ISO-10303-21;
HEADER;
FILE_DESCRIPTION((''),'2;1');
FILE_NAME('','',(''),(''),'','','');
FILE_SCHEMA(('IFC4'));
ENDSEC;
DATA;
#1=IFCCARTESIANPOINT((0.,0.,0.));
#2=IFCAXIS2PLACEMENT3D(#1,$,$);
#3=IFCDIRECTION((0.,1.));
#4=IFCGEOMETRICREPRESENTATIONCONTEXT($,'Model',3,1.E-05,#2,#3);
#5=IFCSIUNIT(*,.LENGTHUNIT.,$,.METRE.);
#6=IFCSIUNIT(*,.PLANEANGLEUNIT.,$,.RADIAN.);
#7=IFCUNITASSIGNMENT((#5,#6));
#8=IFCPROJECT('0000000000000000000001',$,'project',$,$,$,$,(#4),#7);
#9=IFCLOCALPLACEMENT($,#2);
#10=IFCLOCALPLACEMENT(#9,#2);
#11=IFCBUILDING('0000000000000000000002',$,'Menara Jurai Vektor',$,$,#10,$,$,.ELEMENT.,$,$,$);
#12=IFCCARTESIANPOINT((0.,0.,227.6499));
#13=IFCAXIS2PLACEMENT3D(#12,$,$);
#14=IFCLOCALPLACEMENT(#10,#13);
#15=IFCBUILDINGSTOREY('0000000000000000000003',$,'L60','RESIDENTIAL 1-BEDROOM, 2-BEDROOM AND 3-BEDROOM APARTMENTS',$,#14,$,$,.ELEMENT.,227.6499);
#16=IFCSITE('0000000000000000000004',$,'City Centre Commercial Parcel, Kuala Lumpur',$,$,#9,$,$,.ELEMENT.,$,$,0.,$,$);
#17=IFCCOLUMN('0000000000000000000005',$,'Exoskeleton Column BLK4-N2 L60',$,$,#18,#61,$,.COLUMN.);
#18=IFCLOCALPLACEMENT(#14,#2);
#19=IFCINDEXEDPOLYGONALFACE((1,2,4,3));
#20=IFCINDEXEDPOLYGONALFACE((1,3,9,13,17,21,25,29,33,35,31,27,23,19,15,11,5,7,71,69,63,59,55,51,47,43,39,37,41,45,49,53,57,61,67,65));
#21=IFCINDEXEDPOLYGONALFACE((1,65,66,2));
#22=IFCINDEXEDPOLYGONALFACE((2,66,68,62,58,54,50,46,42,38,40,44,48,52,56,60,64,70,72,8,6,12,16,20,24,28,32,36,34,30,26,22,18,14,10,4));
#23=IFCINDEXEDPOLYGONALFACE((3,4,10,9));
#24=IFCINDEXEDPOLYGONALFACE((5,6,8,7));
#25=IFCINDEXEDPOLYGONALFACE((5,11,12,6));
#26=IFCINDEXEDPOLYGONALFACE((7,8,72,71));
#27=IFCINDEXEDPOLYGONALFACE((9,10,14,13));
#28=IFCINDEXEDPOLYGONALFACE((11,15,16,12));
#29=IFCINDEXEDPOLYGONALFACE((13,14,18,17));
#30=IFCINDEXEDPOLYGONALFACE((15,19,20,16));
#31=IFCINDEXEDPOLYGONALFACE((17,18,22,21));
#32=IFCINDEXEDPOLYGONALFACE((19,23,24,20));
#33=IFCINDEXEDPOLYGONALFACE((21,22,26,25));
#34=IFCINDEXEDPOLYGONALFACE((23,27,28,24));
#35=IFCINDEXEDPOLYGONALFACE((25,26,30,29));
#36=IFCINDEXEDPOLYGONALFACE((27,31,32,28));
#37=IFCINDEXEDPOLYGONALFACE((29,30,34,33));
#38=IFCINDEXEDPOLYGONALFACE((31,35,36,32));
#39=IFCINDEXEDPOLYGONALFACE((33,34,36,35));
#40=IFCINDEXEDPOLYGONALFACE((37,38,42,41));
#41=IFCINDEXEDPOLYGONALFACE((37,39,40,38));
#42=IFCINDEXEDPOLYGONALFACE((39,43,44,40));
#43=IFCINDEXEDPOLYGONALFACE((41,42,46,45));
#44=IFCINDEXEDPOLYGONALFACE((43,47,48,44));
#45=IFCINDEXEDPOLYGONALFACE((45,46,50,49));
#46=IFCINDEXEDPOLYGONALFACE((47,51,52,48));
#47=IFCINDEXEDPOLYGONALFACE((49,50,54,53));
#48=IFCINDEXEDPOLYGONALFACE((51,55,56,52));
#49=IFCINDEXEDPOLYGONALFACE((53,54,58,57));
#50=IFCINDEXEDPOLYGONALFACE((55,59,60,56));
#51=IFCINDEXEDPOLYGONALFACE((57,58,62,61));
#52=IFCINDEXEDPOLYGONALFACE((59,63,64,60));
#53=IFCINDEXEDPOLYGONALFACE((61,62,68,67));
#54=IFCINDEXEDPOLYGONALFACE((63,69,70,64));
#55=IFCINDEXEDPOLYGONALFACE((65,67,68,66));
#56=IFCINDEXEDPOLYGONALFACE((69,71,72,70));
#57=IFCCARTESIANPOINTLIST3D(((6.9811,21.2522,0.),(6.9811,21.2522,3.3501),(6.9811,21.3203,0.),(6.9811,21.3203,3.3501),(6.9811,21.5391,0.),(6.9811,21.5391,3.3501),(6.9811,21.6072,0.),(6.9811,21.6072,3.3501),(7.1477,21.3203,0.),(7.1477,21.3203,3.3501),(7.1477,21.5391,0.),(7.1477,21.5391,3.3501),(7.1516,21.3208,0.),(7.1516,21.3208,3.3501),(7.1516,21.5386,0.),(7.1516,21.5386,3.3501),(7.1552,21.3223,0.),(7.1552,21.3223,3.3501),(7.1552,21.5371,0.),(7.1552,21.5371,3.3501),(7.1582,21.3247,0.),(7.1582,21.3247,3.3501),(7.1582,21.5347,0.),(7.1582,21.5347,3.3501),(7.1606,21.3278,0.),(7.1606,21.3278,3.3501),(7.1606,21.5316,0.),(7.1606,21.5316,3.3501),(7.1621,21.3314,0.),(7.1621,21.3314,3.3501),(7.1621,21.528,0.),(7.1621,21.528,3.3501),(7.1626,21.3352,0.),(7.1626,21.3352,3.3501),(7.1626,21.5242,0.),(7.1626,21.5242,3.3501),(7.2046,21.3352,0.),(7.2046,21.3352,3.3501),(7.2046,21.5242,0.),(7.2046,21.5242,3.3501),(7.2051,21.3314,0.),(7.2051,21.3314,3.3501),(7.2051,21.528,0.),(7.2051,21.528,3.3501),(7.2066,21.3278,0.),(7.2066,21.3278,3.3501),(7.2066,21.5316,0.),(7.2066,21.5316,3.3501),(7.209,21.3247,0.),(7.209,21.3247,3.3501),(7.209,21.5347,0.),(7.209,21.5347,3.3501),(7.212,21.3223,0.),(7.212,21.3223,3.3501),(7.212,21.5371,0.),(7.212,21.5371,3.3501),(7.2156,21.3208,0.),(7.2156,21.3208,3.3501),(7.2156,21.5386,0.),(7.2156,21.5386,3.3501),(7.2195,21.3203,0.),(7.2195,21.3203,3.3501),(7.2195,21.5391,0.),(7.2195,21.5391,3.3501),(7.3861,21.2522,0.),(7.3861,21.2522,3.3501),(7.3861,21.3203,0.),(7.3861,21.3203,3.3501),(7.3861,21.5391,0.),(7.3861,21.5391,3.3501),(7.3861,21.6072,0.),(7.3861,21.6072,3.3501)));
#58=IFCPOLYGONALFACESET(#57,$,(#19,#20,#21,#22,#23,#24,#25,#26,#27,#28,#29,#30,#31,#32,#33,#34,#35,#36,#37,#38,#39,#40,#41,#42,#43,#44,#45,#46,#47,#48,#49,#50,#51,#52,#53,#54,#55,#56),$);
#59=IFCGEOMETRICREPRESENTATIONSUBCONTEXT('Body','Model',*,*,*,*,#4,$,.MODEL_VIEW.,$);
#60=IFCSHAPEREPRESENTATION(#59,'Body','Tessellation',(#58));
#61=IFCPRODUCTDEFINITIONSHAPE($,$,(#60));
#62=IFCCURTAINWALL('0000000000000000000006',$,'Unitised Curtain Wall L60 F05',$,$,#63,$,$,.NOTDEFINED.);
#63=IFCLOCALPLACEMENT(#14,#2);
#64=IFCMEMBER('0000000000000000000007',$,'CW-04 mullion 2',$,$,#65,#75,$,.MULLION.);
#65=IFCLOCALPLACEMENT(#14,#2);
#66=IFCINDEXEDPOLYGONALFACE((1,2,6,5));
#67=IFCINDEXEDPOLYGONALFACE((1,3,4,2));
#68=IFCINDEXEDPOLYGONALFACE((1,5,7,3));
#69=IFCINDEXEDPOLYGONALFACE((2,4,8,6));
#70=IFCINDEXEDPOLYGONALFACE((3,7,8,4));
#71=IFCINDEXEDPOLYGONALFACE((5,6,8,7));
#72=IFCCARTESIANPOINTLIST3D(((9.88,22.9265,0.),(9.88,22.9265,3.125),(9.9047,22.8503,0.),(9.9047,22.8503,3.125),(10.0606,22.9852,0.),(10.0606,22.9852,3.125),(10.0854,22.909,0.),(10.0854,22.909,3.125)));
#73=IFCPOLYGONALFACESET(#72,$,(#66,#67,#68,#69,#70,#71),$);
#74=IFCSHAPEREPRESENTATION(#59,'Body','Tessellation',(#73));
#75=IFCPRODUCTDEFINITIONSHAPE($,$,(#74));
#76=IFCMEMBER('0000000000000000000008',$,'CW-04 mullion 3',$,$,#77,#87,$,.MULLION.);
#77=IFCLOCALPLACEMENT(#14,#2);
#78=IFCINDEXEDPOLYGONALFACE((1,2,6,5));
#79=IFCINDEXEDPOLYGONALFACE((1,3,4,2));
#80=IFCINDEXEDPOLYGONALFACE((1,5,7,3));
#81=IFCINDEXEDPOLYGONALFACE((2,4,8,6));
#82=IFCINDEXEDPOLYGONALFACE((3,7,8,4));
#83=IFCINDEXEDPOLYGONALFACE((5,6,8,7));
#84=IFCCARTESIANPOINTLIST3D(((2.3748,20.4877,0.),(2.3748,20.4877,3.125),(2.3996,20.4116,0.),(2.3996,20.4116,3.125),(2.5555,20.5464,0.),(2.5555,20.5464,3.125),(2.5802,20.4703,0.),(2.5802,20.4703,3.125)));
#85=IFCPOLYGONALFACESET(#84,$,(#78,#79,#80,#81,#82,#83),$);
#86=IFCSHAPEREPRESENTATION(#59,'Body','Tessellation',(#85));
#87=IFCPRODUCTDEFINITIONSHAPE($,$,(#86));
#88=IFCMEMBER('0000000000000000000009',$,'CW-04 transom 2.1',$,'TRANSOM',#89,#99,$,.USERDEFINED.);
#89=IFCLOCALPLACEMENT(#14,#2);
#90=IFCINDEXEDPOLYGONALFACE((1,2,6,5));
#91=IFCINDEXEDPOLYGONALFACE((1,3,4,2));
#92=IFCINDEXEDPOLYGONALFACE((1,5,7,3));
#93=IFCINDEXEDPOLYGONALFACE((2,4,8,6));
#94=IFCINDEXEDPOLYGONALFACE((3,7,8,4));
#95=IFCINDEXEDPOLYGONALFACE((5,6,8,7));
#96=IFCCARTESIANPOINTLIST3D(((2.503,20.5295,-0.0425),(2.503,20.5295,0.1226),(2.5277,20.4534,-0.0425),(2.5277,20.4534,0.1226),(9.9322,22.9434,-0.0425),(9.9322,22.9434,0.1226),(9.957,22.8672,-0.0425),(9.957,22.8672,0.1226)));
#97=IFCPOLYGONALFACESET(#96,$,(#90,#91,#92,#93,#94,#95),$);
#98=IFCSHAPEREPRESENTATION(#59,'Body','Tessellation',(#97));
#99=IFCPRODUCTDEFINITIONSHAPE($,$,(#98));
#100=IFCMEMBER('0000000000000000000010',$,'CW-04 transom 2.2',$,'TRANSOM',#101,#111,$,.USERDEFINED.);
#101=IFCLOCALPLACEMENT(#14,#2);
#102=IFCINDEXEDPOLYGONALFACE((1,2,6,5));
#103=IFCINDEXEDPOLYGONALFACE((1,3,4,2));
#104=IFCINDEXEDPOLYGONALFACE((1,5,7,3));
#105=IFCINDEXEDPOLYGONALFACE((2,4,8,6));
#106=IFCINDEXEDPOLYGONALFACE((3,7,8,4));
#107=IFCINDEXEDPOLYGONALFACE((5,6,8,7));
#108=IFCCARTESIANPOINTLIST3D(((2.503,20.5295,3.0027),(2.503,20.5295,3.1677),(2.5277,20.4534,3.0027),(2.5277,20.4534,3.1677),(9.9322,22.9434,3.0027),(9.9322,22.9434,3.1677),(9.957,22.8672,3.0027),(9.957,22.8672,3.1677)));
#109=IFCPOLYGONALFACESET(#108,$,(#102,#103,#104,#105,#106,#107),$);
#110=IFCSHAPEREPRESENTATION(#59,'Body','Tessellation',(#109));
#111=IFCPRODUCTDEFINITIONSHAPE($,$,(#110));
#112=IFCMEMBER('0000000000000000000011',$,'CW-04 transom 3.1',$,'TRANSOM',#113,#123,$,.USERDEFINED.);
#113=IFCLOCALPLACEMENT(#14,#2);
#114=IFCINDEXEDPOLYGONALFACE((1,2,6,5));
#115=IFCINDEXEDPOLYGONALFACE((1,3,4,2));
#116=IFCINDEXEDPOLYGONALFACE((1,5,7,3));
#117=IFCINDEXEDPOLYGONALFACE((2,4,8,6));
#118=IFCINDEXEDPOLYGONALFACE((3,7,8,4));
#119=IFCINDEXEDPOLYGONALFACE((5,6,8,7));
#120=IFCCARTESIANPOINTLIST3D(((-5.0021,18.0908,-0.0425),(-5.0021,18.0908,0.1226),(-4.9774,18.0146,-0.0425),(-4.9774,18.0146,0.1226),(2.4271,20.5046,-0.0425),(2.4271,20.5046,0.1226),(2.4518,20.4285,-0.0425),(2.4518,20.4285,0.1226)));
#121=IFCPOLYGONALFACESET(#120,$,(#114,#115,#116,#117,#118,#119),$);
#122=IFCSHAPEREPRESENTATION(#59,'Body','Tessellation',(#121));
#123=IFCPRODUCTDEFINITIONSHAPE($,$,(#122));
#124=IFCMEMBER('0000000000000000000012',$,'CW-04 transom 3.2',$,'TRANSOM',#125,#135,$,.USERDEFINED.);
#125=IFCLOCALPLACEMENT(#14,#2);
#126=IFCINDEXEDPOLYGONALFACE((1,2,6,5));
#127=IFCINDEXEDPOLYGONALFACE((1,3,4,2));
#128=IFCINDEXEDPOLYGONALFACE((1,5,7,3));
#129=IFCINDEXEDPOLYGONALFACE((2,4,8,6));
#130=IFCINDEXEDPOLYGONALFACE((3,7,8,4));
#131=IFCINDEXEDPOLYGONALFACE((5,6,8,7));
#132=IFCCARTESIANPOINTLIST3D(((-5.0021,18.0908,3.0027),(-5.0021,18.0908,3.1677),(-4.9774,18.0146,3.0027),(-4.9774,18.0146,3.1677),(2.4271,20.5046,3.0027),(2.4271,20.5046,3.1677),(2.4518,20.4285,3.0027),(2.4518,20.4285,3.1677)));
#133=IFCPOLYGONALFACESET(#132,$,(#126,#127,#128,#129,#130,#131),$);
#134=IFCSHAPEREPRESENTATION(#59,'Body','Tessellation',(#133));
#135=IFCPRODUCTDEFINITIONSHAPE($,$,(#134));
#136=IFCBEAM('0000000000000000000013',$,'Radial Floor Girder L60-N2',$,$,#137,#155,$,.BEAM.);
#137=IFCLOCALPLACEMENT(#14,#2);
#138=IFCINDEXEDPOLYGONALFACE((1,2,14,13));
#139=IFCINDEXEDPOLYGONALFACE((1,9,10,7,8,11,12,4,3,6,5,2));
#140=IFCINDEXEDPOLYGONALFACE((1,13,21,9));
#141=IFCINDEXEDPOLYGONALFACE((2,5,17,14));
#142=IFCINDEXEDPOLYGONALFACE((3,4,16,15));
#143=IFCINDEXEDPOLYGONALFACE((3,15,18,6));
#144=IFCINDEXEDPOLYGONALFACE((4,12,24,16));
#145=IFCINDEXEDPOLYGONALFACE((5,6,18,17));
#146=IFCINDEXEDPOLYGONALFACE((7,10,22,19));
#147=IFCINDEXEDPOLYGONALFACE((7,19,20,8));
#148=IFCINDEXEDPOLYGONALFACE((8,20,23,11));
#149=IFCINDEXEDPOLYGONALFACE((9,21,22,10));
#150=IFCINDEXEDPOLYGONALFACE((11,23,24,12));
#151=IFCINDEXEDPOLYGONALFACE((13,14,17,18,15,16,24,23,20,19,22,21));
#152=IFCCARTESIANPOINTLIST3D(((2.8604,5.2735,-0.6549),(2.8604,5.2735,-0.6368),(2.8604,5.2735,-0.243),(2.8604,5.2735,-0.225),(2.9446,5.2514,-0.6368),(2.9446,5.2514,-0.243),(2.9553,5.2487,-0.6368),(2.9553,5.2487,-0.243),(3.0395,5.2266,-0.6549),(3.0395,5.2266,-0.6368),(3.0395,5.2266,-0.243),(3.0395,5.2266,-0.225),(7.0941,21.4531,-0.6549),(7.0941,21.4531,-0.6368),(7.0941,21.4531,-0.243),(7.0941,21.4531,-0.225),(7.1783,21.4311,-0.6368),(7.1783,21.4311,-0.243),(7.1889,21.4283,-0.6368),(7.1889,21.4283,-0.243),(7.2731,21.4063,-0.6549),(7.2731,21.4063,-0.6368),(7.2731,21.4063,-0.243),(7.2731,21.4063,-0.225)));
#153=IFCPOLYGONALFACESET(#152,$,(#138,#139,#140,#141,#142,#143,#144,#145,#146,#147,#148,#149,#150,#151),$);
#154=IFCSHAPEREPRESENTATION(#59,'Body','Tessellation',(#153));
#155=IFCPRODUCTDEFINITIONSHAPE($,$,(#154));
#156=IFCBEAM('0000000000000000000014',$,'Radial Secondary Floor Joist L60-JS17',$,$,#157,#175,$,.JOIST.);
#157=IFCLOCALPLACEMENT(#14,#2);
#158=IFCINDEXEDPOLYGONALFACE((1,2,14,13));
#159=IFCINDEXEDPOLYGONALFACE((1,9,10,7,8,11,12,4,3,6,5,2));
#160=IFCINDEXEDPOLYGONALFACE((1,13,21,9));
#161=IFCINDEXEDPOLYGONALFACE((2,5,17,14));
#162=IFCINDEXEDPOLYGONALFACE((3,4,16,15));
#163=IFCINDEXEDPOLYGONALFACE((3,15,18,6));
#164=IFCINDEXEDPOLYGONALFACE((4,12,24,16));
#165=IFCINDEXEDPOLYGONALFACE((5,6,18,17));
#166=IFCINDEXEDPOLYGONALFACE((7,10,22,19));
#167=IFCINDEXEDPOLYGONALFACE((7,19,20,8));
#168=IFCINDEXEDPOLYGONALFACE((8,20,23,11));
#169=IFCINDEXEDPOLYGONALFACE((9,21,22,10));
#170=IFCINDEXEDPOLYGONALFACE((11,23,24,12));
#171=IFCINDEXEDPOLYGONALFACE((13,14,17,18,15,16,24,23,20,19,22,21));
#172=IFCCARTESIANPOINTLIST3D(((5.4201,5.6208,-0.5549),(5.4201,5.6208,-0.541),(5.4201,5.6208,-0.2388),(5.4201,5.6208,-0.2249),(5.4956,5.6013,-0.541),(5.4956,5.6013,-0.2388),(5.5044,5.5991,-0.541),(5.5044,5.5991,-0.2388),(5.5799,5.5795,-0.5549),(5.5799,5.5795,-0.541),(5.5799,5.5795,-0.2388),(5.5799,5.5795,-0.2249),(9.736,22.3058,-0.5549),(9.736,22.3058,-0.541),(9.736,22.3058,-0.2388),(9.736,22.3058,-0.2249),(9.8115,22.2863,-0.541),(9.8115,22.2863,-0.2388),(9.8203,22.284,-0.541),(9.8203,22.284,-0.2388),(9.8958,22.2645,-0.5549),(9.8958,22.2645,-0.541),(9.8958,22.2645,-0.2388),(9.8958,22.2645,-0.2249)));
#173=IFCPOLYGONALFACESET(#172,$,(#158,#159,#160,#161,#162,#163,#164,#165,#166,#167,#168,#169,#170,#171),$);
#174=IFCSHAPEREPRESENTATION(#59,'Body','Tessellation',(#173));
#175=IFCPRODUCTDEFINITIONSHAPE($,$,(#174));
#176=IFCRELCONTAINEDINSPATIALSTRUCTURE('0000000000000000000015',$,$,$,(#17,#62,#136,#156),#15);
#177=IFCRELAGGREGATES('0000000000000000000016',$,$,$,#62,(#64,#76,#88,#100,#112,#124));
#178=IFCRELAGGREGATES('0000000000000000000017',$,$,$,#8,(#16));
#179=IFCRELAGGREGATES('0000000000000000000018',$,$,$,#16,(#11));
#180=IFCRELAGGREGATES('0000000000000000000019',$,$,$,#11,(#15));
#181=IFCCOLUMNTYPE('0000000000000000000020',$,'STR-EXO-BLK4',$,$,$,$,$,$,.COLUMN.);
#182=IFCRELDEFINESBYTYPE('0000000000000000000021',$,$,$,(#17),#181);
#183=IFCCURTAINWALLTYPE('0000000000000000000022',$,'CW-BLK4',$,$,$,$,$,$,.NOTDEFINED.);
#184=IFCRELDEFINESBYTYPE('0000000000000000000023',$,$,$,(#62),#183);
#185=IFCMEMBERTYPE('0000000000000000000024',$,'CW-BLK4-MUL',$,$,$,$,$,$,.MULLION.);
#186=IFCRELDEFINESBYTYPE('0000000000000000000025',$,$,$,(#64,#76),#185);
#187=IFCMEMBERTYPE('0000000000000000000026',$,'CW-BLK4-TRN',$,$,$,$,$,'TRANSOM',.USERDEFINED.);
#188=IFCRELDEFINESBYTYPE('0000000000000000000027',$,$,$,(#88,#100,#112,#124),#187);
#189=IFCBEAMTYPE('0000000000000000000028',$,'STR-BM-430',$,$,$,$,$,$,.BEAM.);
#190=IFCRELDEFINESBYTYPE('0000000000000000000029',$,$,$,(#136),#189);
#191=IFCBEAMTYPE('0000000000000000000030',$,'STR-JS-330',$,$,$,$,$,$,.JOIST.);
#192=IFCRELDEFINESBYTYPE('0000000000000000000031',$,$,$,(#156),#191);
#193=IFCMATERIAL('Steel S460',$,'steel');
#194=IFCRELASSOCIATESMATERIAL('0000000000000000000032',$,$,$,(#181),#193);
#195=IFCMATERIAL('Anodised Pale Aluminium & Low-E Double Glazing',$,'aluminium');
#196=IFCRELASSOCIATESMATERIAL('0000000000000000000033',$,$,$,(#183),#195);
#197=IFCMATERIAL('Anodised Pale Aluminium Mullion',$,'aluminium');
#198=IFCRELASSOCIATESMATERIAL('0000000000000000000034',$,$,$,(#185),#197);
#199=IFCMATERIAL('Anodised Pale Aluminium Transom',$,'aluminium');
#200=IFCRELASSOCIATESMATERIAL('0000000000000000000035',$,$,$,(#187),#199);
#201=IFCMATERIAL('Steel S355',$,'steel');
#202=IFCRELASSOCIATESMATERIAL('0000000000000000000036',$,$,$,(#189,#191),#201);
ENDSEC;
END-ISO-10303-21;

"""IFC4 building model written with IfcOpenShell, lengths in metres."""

from ifc_helpers import new_model, si_unit, direction, frame, origin, origin_2d, place, context, subcontext, project, spatial, rectangle, i_section, extrude, material, material_profile, profile_set, type_object, element, aggregate, save


model = new_model("IFC4")

# Units and contexts
model_context = context("Model", 3, precision=1e-05, world=origin(), true_north=direction((0.0, 1.0)))
body_context = subcontext(model_context, "Body", "Model", "MODEL_VIEW")
ifc_project = project(units=[si_unit("LENGTHUNIT", "METRE"), si_unit("PLANEANGLEUNIT", "RADIAN")], contexts=[model_context])

# Site, building, storey
site_placement = place(None, origin())
site = spatial("IfcSite", under=ifc_project, at=site_placement, Name="City Centre Commercial Parcel, Kuala Lumpur", CompositionType="ELEMENT", RefElevation=0.0)
building_placement = place(site_placement, origin())
building = spatial("IfcBuilding", under=site, at=building_placement, Name="Menara Jurai Vektor", CompositionType="ELEMENT")
storey_placement = place(building_placement, frame((0.0, 0.0, 227.6499)))
storey = spatial("IfcBuildingStorey", under=building, at=storey_placement, Name="L60", Description="RESIDENTIAL 1-BEDROOM, 2-BEDROOM AND 3-BEDROOM APARTMENTS", CompositionType="ELEMENT", Elevation=227.6499)

# Column
ifc_material_1 = material(Name="Steel S460", Category="steel")
ifc_material_profile_1 = material_profile(ifc_material_1, i_section(OverallWidth=0.405, OverallDepth=0.355, WebThickness=0.042, FlangeThickness=0.0681, FilletRadius=0.0149, at=origin_2d()), Name="HD 400x551")
ifc_profile_set_1 = profile_set([ifc_material_profile_1], Name="Steel S460")
column_type = type_object("IfcColumnType", Name="STR-EXO-BLK4", PredefinedType="COLUMN", material=ifc_profile_set_1)
column_placement = place(storey_placement, frame((7.1836, 21.4297, 0.0), z_axis=(0.0, 0.0, 1.0), x_axis=(1.0, 0.0, 0.0)))
element("IfcColumn", 1, at=column_placement, inside=storey, type_object=column_type, Name="Exoskeleton Column BLK4-N2 L60", PredefinedType="COLUMN", context=body_context, shape_type="SweptSolid", body=[
    extrude(i_section(OverallWidth=0.405, OverallDepth=0.355, WebThickness=0.042, FlangeThickness=0.0681, FilletRadius=0.0149, at=origin_2d()), origin(), (0.0, 0.0, 1.0), 3.3501),
])

# Curtain wall, members
ifc_material_2 = material(Name="Anodised Pale Aluminium & Low-E Double Glazing", Category="aluminium")
curtain_wall_type = type_object("IfcCurtainWallType", Name="CW-BLK4", PredefinedType="NOTDEFINED", material=ifc_material_2)
curtain_wall_placement = place(storey_placement, origin())
curtain_wall = element("IfcCurtainWall", 2, at=curtain_wall_placement, inside=storey, type_object=curtain_wall_type, Name="Unitised Curtain Wall L60 F05", PredefinedType="NOTDEFINED")
ifc_material_3 = material(Name="Anodised Pale Aluminium Mullion", Category="aluminium")
ifc_material_profile_2 = material_profile(ifc_material_3, rectangle(XDim=0.0801, YDim=0.1899, at=origin_2d()), Name="ALU MUL 80x190")
ifc_profile_set_2 = profile_set([ifc_material_profile_2], Name="Anodised Pale Aluminium Mullion")
member_type_1 = type_object("IfcMemberType", Name="CW-BLK4-MUL", PredefinedType="MULLION", material=ifc_profile_set_2)
member_1_placement = place(storey_placement, frame((9.9827, 22.9177, 0.0), z_axis=(0.0, 0.0, 1.0), x_axis=(0.309017, -0.951056, 0.0)))
member_1 = element("IfcMember", 3, at=member_1_placement, type_object=member_type_1, Name="CW-04 mullion 2", PredefinedType="MULLION", context=body_context, shape_type="SweptSolid", body=[
    extrude(rectangle(XDim=0.0801, YDim=0.1899, at=origin_2d()), origin(), (0.0, 0.0, 1.0), 3.125),
])
member_2_placement = place(storey_placement, frame((2.4775, 20.479, 0.0), z_axis=(0.0, 0.0, 1.0), x_axis=(0.309017, -0.951056, 0.0)))
member_2 = element("IfcMember", 4, at=member_2_placement, type_object=member_type_1, Name="CW-04 mullion 3", PredefinedType="MULLION", context=body_context, shape_type="SweptSolid", body=[
    extrude(rectangle(XDim=0.0801, YDim=0.1899, at=origin_2d()), origin(), (0.0, 0.0, 1.0), 3.125),
])
ifc_material_4 = material(Name="Anodised Pale Aluminium Transom", Category="aluminium")
ifc_material_profile_3 = material_profile(ifc_material_4, rectangle(XDim=0.0801, YDim=0.165, at=origin_2d()), Name="ALU TRN 80x165")
ifc_profile_set_3 = profile_set([ifc_material_profile_3], Name="Anodised Pale Aluminium Transom")
member_type_2 = type_object("IfcMemberType", Name="CW-BLK4-TRN", ElementType="TRANSOM", PredefinedType="USERDEFINED", material=ifc_profile_set_3)
member_3_placement = place(storey_placement, frame((9.9446, 22.9053, 0.04), z_axis=(-0.951059, -0.309008, 0.0), x_axis=(0.309008, -0.951059, 0.0)))
member_3 = element("IfcMember", 5, at=member_3_placement, type_object=member_type_2, Name="CW-04 transom 2.1", ObjectType="TRANSOM", PredefinedType="USERDEFINED", context=body_context, shape_type="SweptSolid", body=[
    extrude(rectangle(XDim=0.0801, YDim=0.165, at=origin_2d()), origin(), (0.0, 0.0, 1.0), 7.8115),
])
member_4_placement = place(storey_placement, frame((9.9446, 22.9053, 3.0852), z_axis=(-0.951059, -0.309008, 0.0), x_axis=(0.309008, -0.951059, 0.0)))
member_4 = element("IfcMember", 6, at=member_4_placement, type_object=member_type_2, Name="CW-04 transom 2.2", ObjectType="TRANSOM", PredefinedType="USERDEFINED", context=body_context, shape_type="SweptSolid", body=[
    extrude(rectangle(XDim=0.0801, YDim=0.165, at=origin_2d()), origin(), (0.0, 0.0, 1.0), 7.8115),
])
member_5_placement = place(storey_placement, frame((2.4395, 20.4666, 0.04), z_axis=(-0.951059, -0.309008, 0.0), x_axis=(0.309008, -0.951059, 0.0)))
member_5 = element("IfcMember", 7, at=member_5_placement, type_object=member_type_2, Name="CW-04 transom 3.1", ObjectType="TRANSOM", PredefinedType="USERDEFINED", context=body_context, shape_type="SweptSolid", body=[
    extrude(rectangle(XDim=0.0801, YDim=0.165, at=origin_2d()), origin(), (0.0, 0.0, 1.0), 7.8115),
])
member_6_placement = place(storey_placement, frame((2.4395, 20.4666, 3.0852), z_axis=(-0.951059, -0.309008, 0.0), x_axis=(0.309008, -0.951059, 0.0)))
member_6 = element("IfcMember", 8, at=member_6_placement, type_object=member_type_2, Name="CW-04 transom 3.2", ObjectType="TRANSOM", PredefinedType="USERDEFINED", context=body_context, shape_type="SweptSolid", body=[
    extrude(rectangle(XDim=0.0801, YDim=0.165, at=origin_2d()), origin(), (0.0, 0.0, 1.0), 7.8115),
])

# Beams
ifc_material_5 = material(Name="Steel S355", Category="steel")
ifc_material_profile_4 = material_profile(ifc_material_5, i_section(OverallWidth=0.1851, OverallDepth=0.4299, WebThickness=0.011, FlangeThickness=0.0181, at=origin_2d()), Name="PG 430x185x76")
ifc_profile_set_4 = profile_set([ifc_material_profile_4], Name="Steel S355")
beam_type_1 = type_object("IfcBeamType", Name="STR-BM-430", PredefinedType="BEAM", material=ifc_profile_set_4)
beam_1_placement = place(storey_placement, frame((7.1836, 21.4297, -0.4399), z_axis=(-0.253141, -0.967429, 0.0), x_axis=(0.967429, -0.253141, 0.0)))
element("IfcBeam", 9, at=beam_1_placement, inside=storey, type_object=beam_type_1, Name="Radial Floor Girder L60-N2", PredefinedType="BEAM", context=body_context, shape_type="SweptSolid", body=[
    extrude(i_section(OverallWidth=0.1851, OverallDepth=0.4299, WebThickness=0.011, FlangeThickness=0.0181, at=origin_2d()), origin(), (0.0, 0.0, 1.0), 16.7244),
])
ifc_material_profile_5 = material_profile(ifc_material_5, i_section(OverallWidth=0.165, OverallDepth=0.3301, WebThickness=0.009, FlangeThickness=0.0139, at=origin_2d()), Name="PG 330x165x46")
ifc_profile_set_5 = profile_set([ifc_material_profile_5], Name="Steel S355")
beam_type_2 = type_object("IfcBeamType", Name="STR-JS-330", PredefinedType="JOIST", material=ifc_profile_set_5)
beam_2_placement = place(storey_placement, frame((9.8159, 22.2852, -0.3899), z_axis=(-0.250427, -0.968135, 0.0), x_axis=(0.968135, -0.250427, 0.0)))
element("IfcBeam", 10, at=beam_2_placement, inside=storey, type_object=beam_type_2, Name="Radial Secondary Floor Joist L60-JS17", PredefinedType="JOIST", context=body_context, shape_type="SweptSolid", body=[
    extrude(i_section(OverallWidth=0.165, OverallDepth=0.3301, WebThickness=0.009, FlangeThickness=0.0139, at=origin_2d()), origin(), (0.0, 0.0, 1.0), 17.2341),
])

aggregate(curtain_wall, [member_1, member_2, member_3, member_4, member_5, member_6])

save(model, "model.ifc")
